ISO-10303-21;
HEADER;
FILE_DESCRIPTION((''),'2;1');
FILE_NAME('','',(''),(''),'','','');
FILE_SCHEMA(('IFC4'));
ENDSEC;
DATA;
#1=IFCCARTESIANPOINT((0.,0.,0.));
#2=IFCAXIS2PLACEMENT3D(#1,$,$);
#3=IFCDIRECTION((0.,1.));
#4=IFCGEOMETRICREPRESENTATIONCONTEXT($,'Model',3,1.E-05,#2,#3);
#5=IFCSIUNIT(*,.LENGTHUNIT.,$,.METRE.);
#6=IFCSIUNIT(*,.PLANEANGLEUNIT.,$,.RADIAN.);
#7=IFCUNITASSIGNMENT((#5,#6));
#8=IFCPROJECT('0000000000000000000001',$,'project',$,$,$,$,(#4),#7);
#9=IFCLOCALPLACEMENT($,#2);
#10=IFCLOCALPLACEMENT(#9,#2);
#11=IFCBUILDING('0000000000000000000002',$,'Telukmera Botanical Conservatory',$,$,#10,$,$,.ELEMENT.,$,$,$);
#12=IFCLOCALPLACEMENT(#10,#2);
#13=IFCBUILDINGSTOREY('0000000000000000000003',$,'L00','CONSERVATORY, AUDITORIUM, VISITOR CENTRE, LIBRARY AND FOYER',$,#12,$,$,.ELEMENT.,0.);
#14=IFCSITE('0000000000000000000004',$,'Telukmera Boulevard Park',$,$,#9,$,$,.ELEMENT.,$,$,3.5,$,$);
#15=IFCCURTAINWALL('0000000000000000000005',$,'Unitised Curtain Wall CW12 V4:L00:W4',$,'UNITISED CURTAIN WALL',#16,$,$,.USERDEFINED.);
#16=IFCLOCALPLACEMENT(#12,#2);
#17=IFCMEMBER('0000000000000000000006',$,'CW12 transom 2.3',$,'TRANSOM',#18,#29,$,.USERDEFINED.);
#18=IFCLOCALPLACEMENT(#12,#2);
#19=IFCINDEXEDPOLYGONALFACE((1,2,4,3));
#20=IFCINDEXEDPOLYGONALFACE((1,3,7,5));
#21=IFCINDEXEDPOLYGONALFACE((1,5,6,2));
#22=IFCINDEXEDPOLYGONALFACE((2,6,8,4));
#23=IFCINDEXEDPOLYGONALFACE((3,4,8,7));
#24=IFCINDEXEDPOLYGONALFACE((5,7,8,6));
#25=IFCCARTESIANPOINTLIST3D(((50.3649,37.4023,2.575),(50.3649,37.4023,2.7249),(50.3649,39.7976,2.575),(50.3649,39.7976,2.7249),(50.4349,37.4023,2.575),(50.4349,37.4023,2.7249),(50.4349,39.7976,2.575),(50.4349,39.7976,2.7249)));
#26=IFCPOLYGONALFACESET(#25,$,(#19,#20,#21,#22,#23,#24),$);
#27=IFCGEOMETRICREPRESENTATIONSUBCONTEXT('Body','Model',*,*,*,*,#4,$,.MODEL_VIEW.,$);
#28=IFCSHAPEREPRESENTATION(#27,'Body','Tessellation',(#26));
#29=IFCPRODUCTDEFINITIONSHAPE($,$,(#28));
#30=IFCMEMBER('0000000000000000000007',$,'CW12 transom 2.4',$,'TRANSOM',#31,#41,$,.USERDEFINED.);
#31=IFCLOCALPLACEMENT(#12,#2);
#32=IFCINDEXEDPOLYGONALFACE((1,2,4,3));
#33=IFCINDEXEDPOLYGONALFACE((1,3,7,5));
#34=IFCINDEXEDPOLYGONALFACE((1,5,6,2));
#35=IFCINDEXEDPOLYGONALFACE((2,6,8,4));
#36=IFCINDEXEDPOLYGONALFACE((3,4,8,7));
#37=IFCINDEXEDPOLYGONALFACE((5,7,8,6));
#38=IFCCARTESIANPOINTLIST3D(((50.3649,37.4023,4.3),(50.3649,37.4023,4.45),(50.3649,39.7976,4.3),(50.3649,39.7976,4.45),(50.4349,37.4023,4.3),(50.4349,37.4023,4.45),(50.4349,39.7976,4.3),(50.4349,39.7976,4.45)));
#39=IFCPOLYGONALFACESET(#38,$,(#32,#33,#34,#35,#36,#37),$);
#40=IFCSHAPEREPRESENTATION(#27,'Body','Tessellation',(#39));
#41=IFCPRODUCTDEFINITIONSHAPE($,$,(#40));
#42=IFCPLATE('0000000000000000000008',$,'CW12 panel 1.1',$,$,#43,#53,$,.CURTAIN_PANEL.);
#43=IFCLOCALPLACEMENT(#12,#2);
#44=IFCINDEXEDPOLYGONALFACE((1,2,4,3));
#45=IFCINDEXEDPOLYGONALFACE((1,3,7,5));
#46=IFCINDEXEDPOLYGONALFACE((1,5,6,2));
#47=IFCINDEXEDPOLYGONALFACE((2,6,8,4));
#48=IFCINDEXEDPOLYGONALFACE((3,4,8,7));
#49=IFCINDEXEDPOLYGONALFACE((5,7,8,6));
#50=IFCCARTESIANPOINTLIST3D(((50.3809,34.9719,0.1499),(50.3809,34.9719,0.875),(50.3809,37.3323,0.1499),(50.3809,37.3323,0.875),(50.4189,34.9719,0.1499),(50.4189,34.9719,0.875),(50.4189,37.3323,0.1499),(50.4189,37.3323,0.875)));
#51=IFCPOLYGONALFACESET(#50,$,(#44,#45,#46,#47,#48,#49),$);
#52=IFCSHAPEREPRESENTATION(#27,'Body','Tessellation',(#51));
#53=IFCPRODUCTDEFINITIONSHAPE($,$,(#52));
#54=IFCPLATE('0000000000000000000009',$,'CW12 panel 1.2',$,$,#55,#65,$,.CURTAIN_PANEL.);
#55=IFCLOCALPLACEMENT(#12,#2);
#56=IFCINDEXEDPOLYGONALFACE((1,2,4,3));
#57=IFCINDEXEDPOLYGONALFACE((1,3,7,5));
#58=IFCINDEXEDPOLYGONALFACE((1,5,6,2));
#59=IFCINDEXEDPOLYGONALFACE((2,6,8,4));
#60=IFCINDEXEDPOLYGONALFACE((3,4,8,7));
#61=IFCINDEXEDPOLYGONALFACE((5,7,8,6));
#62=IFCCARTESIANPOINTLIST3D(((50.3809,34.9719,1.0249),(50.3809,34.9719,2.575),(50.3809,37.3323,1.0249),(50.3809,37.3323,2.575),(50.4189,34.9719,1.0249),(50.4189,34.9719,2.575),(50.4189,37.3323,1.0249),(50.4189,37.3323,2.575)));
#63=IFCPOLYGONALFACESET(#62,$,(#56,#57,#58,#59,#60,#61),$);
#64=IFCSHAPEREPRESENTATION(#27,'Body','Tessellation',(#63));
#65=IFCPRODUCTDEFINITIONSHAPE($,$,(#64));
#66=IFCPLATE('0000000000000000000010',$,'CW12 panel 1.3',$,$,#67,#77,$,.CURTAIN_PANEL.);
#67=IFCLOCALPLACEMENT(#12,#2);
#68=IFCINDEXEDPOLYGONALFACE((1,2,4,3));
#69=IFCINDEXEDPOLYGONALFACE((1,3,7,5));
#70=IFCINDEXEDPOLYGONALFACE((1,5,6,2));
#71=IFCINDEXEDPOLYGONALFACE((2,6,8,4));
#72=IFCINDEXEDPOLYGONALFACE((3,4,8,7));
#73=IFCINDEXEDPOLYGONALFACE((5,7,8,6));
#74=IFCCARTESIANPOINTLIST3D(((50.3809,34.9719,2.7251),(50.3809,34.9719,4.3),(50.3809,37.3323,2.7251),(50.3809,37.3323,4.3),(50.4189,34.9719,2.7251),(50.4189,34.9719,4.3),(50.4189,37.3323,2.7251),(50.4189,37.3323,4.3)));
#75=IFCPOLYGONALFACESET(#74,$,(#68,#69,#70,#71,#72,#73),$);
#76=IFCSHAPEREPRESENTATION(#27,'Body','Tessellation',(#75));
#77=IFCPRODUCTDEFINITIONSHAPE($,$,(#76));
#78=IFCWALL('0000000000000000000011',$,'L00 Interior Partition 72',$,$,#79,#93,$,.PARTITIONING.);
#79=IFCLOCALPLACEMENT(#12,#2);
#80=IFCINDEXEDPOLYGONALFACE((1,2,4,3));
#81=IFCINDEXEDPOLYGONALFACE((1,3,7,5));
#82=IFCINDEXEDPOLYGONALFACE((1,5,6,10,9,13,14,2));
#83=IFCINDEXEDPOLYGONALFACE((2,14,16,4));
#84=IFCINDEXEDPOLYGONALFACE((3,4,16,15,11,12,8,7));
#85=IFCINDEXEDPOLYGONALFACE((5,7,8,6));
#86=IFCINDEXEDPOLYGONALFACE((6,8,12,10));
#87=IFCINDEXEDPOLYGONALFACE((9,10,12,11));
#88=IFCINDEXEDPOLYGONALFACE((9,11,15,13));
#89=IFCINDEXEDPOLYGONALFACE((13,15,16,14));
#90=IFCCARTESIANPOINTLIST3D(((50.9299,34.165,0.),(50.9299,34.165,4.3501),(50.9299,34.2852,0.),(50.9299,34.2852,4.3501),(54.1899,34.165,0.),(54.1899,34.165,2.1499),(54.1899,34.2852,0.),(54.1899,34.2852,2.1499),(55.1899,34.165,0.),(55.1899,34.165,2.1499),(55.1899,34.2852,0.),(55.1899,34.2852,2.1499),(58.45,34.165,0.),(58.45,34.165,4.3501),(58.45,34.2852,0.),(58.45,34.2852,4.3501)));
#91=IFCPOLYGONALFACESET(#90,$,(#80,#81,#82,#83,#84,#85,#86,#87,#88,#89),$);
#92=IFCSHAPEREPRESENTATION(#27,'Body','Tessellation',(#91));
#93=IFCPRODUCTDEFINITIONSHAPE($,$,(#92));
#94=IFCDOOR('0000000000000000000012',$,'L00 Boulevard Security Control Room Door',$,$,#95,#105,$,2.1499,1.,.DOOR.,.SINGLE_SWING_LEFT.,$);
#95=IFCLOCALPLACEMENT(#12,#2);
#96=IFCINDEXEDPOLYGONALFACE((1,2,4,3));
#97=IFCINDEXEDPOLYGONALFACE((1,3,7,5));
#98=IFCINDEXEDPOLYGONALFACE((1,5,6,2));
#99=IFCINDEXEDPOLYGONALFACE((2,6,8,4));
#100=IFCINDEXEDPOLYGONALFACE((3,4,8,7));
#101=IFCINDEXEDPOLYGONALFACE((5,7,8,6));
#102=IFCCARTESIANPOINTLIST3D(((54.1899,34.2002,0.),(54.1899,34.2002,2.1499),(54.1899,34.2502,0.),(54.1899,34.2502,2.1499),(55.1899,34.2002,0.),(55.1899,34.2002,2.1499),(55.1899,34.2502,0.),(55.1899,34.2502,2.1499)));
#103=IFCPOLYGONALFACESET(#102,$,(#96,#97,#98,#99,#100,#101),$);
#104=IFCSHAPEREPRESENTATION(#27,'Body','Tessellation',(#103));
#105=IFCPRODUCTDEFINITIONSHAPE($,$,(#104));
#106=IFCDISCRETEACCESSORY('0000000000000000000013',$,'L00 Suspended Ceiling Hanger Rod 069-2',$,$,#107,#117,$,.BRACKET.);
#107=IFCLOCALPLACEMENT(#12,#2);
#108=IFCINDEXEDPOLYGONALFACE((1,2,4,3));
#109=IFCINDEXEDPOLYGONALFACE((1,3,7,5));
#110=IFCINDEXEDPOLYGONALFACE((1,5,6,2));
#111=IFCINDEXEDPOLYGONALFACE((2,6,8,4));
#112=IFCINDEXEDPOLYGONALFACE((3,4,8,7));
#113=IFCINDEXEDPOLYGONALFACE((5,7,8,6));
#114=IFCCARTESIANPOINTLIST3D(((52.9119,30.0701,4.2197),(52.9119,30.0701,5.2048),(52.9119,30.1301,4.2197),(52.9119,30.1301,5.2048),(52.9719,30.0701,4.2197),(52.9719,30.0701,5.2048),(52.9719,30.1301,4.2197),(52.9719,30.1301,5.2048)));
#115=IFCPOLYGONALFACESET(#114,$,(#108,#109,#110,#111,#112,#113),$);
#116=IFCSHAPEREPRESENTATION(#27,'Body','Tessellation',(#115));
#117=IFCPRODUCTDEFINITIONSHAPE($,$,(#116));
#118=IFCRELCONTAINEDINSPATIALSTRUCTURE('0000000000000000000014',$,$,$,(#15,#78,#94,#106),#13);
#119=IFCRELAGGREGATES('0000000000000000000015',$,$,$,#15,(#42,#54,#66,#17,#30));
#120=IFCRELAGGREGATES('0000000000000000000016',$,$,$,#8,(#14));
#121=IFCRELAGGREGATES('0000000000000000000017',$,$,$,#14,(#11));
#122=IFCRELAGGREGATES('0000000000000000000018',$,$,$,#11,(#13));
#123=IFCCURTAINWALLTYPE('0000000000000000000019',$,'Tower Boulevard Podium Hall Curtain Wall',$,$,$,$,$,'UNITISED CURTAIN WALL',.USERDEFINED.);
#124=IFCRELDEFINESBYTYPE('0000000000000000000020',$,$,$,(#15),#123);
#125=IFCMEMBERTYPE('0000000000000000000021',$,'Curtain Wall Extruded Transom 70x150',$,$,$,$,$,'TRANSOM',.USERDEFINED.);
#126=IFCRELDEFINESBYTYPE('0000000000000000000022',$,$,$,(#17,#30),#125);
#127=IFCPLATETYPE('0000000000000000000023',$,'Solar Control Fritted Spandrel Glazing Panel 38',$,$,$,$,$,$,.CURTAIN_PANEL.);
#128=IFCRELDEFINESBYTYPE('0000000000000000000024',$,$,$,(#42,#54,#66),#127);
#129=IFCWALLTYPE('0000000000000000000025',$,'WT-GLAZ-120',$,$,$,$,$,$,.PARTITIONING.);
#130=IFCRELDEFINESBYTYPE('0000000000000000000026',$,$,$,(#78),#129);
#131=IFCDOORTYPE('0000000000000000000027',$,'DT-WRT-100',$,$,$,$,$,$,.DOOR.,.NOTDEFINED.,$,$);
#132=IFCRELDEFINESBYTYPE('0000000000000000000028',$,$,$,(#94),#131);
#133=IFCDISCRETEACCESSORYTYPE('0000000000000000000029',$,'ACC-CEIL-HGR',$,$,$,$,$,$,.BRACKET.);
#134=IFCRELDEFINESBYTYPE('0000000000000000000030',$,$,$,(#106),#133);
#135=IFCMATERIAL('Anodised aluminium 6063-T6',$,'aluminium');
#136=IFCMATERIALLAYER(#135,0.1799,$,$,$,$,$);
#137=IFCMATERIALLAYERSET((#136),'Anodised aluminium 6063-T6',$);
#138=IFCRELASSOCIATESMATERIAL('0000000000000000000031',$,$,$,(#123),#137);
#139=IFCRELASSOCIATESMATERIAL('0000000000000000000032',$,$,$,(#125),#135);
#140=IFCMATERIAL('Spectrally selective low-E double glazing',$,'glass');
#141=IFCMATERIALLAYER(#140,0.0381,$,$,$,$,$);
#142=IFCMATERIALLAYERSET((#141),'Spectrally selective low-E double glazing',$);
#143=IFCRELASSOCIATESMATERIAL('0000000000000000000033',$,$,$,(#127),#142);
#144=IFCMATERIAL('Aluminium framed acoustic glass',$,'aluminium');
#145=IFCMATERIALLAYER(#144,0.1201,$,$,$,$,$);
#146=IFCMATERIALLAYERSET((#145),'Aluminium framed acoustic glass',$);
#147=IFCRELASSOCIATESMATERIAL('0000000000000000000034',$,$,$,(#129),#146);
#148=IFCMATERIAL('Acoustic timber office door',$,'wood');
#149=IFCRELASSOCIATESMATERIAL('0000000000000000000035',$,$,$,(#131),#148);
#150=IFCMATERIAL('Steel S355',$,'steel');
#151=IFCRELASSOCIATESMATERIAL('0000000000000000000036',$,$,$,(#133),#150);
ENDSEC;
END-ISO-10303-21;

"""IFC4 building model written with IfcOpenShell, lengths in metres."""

from ifc_helpers import new_model, si_unit, direction, frame, frame_2d, origin, origin_2d, place, context, subcontext, project, spatial, rectangle, extrude, material, layer, layer_set, material_profile, profile_set, type_object, element, fill, aggregate, save


model = new_model("IFC4")

# Units and contexts
model_context = context("Model", 3, precision=1e-05, world=origin(), true_north=direction((0.0, 1.0)))
body_context = subcontext(model_context, "Body", "Model", "MODEL_VIEW")
ifc_project = project(units=[si_unit("LENGTHUNIT", "METRE"), si_unit("PLANEANGLEUNIT", "RADIAN")], contexts=[model_context])

# Site, building, storey
site_placement = place(None, origin())
site = spatial("IfcSite", under=ifc_project, at=site_placement, Name="Telukmera Boulevard Park", CompositionType="ELEMENT", RefElevation=3.5)
building_placement = place(site_placement, origin())
building = spatial("IfcBuilding", under=site, at=building_placement, Name="Telukmera Botanical Conservatory", CompositionType="ELEMENT")
storey_placement = place(building_placement, origin())
storey = spatial("IfcBuildingStorey", under=building, at=storey_placement, Name="L00", Description="CONSERVATORY, AUDITORIUM, VISITOR CENTRE, LIBRARY AND FOYER", CompositionType="ELEMENT", Elevation=0.0)

# Curtain wall, members, plates
ifc_material_1 = material(Name="Anodised aluminium 6063-T6", Category="aluminium")
ifc_layer_1 = layer(ifc_material_1, 0.1799)
ifc_layer_set_1 = layer_set([ifc_layer_1], Name="Anodised aluminium 6063-T6")
curtain_wall_type = type_object("IfcCurtainWallType", Name="Tower Boulevard Podium Hall Curtain Wall", ElementType="UNITISED CURTAIN WALL", PredefinedType="USERDEFINED", material=ifc_layer_set_1)
curtain_wall_placement = place(storey_placement, origin())
curtain_wall = element("IfcCurtainWall", 1, at=curtain_wall_placement, inside=storey, type_object=curtain_wall_type, Name="Unitised Curtain Wall CW12 V4:L00:W4", ObjectType="UNITISED CURTAIN WALL", PredefinedType="USERDEFINED")
ifc_material_profile_1 = material_profile(ifc_material_1, rectangle(XDim=0.0701, YDim=0.1499, at=origin_2d()), Name="ALU TRAN 70x150")
ifc_profile_set_1 = profile_set([ifc_material_profile_1], Name="Anodised aluminium 6063-T6")
member_type_1 = type_object("IfcMemberType", Name="Curtain Wall Extruded Transom 70x150", ElementType="TRANSOM", PredefinedType="USERDEFINED", material=ifc_profile_set_1)
member_1_placement = place(storey_placement, frame((50.3999, 37.4023, 2.6499), z_axis=(0.0, 1.0, 0.0), x_axis=(-1.0, 0.0, 0.0)))
member_1 = element("IfcMember", 2, at=member_1_placement, type_object=member_type_1, Name="CW12 transom 2.3", ObjectType="TRANSOM", PredefinedType="USERDEFINED", context=body_context, shape_type="SweptSolid", body=[
    extrude(rectangle(XDim=0.0701, YDim=0.1499, at=origin_2d()), origin(), (0.0, 0.0, 1.0), 2.3953),
])
member_2_placement = place(storey_placement, frame((50.3999, 37.4023, 4.375), z_axis=(0.0, 1.0, 0.0), x_axis=(-1.0, 0.0, 0.0)))
member_2 = element("IfcMember", 3, at=member_2_placement, type_object=member_type_1, Name="CW12 transom 2.4", ObjectType="TRANSOM", PredefinedType="USERDEFINED", context=body_context, shape_type="SweptSolid", body=[
    extrude(rectangle(XDim=0.0701, YDim=0.1499, at=origin_2d()), origin(), (0.0, 0.0, 1.0), 2.3953),
])
ifc_material_2 = material(Name="Spectrally selective low-E double glazing", Category="glass")
ifc_layer_2 = layer(ifc_material_2, 0.0381)
ifc_layer_set_2 = layer_set([ifc_layer_2], Name="Spectrally selective low-E double glazing")
plate_type = type_object("IfcPlateType", Name="Solar Control Fritted Spandrel Glazing Panel 38", PredefinedType="CURTAIN_PANEL", material=ifc_layer_set_2)
plate_1_placement = place(storey_placement, frame((50.3999, 36.1521, 0.1499), z_axis=(0.0, 0.0, 1.0), x_axis=(0.0, 1.0, 0.0)))
plate_1 = element("IfcPlate", 4, at=plate_1_placement, type_object=plate_type, Name="CW12 panel 1.1", PredefinedType="CURTAIN_PANEL", context=body_context, shape_type="SweptSolid", body=[
    extrude(rectangle(XDim=2.3604, YDim=0.0381, at=origin_2d()), origin(), (0.0, 0.0, 1.0), 0.7251),
])
plate_2_placement = place(storey_placement, frame((50.3999, 36.1521, 1.0249), z_axis=(0.0, 0.0, 1.0), x_axis=(0.0, 1.0, 0.0)))
plate_2 = element("IfcPlate", 5, at=plate_2_placement, type_object=plate_type, Name="CW12 panel 1.2", PredefinedType="CURTAIN_PANEL", context=body_context, shape_type="SweptSolid", body=[
    extrude(rectangle(XDim=2.3604, YDim=0.0381, at=origin_2d()), origin(), (0.0, 0.0, 1.0), 1.55),
])
plate_3_placement = place(storey_placement, frame((50.3999, 36.1521, 2.7251), z_axis=(0.0, 0.0, 1.0), x_axis=(0.0, 1.0, 0.0)))
plate_3 = element("IfcPlate", 6, at=plate_3_placement, type_object=plate_type, Name="CW12 panel 1.3", PredefinedType="CURTAIN_PANEL", context=body_context, shape_type="SweptSolid", body=[
    extrude(rectangle(XDim=2.3604, YDim=0.0381, at=origin_2d()), origin(), (0.0, 0.0, 1.0), 1.575),
])
aggregate(curtain_wall, [plate_1, plate_2, plate_3, member_1, member_2])

# Wall, opening, door
ifc_material_3 = material(Name="Aluminium framed acoustic glass", Category="aluminium")
ifc_layer_3 = layer(ifc_material_3, 0.1201)
ifc_layer_set_3 = layer_set([ifc_layer_3], Name="Aluminium framed acoustic glass")
wall_type = type_object("IfcWallType", Name="WT-GLAZ-120", PredefinedType="PARTITIONING", material=ifc_layer_set_3)
wall_placement = place(storey_placement, frame((50.9299, 34.2251, 0.0), z_axis=(0.0, 0.0, 1.0), x_axis=(1.0, 0.0, 0.0)))
wall = element("IfcWall", 7, at=wall_placement, inside=storey, type_object=wall_type, Name="L00 Interior Partition 72", PredefinedType="PARTITIONING", context=body_context, shape_type="SweptSolid", body=[
    extrude(rectangle(XDim=7.52, YDim=0.1201, at=frame_2d((3.76, 0.0))), origin(), (0.0, 0.0, 1.0), 4.3501),
])
opening_placement = place(wall_placement, frame((3.26, 0.0, 0.0)))
opening = element("IfcOpeningElement", 8, at=opening_placement, cuts=wall, PredefinedType="OPENING", context=body_context, shape_type="SweptSolid", body=[
    extrude(rectangle(XDim=1.0, YDim=2.1499, at=frame_2d((0.5, 1.075))), frame((0.0, 0.0701, 0.0), z_axis=(0.0, -1.0, 0.0), x_axis=(1.0, 0.0, 0.0)), (0.0, 0.0, 1.0), 0.1401),
])
ifc_material_4 = material(Name="Acoustic timber office door", Category="wood")
door_type = type_object("IfcDoorType", Name="DT-WRT-100", OperationType="NOTDEFINED", PredefinedType="DOOR", material=ifc_material_4)
door_placement = place(opening_placement, frame((1.0, 0.0, 0.0), z_axis=(0.0, 0.0, 1.0), x_axis=(-1.0, 0.0, 0.0)))
door = element("IfcDoor", 9, at=door_placement, inside=storey, type_object=door_type, Name="L00 Boulevard Security Control Room Door", OperationType="SINGLE_SWING_LEFT", OverallHeight=2.1499, OverallWidth=1.0, PredefinedType="DOOR", context=body_context, shape_type="SweptSolid", body=[
    extrude(rectangle(XDim=1.0, YDim=2.1499, at=frame_2d((0.5, 1.075))), frame((0.0, 0.0249, 0.0), z_axis=(0.0, -1.0, 0.0), x_axis=(1.0, 0.0, 0.0)), (0.0, 0.0, 1.0), 0.05),
])
fill(opening, door)

# Discrete accessory
ifc_material_5 = material(Name="Steel S355", Category="steel")
discrete_accessory_type = type_object("IfcDiscreteAccessoryType", Name="ACC-CEIL-HGR", PredefinedType="BRACKET", material=ifc_material_5)
discrete_accessory_placement = place(storey_placement, frame((52.9419, 30.1001, 4.2197), z_axis=(0.0, 0.0, 1.0), x_axis=(1.0, 0.0, 0.0)))
element("IfcDiscreteAccessory", 10, at=discrete_accessory_placement, inside=storey, type_object=discrete_accessory_type, Name="L00 Suspended Ceiling Hanger Rod 069-2", PredefinedType="BRACKET", context=body_context, shape_type="SweptSolid", body=[
    extrude(rectangle(XDim=0.0601, YDim=0.0601, at=origin_2d()), origin(), (0.0, 0.0, 1.0), 0.9851),
])

save(model, "model.ifc")
